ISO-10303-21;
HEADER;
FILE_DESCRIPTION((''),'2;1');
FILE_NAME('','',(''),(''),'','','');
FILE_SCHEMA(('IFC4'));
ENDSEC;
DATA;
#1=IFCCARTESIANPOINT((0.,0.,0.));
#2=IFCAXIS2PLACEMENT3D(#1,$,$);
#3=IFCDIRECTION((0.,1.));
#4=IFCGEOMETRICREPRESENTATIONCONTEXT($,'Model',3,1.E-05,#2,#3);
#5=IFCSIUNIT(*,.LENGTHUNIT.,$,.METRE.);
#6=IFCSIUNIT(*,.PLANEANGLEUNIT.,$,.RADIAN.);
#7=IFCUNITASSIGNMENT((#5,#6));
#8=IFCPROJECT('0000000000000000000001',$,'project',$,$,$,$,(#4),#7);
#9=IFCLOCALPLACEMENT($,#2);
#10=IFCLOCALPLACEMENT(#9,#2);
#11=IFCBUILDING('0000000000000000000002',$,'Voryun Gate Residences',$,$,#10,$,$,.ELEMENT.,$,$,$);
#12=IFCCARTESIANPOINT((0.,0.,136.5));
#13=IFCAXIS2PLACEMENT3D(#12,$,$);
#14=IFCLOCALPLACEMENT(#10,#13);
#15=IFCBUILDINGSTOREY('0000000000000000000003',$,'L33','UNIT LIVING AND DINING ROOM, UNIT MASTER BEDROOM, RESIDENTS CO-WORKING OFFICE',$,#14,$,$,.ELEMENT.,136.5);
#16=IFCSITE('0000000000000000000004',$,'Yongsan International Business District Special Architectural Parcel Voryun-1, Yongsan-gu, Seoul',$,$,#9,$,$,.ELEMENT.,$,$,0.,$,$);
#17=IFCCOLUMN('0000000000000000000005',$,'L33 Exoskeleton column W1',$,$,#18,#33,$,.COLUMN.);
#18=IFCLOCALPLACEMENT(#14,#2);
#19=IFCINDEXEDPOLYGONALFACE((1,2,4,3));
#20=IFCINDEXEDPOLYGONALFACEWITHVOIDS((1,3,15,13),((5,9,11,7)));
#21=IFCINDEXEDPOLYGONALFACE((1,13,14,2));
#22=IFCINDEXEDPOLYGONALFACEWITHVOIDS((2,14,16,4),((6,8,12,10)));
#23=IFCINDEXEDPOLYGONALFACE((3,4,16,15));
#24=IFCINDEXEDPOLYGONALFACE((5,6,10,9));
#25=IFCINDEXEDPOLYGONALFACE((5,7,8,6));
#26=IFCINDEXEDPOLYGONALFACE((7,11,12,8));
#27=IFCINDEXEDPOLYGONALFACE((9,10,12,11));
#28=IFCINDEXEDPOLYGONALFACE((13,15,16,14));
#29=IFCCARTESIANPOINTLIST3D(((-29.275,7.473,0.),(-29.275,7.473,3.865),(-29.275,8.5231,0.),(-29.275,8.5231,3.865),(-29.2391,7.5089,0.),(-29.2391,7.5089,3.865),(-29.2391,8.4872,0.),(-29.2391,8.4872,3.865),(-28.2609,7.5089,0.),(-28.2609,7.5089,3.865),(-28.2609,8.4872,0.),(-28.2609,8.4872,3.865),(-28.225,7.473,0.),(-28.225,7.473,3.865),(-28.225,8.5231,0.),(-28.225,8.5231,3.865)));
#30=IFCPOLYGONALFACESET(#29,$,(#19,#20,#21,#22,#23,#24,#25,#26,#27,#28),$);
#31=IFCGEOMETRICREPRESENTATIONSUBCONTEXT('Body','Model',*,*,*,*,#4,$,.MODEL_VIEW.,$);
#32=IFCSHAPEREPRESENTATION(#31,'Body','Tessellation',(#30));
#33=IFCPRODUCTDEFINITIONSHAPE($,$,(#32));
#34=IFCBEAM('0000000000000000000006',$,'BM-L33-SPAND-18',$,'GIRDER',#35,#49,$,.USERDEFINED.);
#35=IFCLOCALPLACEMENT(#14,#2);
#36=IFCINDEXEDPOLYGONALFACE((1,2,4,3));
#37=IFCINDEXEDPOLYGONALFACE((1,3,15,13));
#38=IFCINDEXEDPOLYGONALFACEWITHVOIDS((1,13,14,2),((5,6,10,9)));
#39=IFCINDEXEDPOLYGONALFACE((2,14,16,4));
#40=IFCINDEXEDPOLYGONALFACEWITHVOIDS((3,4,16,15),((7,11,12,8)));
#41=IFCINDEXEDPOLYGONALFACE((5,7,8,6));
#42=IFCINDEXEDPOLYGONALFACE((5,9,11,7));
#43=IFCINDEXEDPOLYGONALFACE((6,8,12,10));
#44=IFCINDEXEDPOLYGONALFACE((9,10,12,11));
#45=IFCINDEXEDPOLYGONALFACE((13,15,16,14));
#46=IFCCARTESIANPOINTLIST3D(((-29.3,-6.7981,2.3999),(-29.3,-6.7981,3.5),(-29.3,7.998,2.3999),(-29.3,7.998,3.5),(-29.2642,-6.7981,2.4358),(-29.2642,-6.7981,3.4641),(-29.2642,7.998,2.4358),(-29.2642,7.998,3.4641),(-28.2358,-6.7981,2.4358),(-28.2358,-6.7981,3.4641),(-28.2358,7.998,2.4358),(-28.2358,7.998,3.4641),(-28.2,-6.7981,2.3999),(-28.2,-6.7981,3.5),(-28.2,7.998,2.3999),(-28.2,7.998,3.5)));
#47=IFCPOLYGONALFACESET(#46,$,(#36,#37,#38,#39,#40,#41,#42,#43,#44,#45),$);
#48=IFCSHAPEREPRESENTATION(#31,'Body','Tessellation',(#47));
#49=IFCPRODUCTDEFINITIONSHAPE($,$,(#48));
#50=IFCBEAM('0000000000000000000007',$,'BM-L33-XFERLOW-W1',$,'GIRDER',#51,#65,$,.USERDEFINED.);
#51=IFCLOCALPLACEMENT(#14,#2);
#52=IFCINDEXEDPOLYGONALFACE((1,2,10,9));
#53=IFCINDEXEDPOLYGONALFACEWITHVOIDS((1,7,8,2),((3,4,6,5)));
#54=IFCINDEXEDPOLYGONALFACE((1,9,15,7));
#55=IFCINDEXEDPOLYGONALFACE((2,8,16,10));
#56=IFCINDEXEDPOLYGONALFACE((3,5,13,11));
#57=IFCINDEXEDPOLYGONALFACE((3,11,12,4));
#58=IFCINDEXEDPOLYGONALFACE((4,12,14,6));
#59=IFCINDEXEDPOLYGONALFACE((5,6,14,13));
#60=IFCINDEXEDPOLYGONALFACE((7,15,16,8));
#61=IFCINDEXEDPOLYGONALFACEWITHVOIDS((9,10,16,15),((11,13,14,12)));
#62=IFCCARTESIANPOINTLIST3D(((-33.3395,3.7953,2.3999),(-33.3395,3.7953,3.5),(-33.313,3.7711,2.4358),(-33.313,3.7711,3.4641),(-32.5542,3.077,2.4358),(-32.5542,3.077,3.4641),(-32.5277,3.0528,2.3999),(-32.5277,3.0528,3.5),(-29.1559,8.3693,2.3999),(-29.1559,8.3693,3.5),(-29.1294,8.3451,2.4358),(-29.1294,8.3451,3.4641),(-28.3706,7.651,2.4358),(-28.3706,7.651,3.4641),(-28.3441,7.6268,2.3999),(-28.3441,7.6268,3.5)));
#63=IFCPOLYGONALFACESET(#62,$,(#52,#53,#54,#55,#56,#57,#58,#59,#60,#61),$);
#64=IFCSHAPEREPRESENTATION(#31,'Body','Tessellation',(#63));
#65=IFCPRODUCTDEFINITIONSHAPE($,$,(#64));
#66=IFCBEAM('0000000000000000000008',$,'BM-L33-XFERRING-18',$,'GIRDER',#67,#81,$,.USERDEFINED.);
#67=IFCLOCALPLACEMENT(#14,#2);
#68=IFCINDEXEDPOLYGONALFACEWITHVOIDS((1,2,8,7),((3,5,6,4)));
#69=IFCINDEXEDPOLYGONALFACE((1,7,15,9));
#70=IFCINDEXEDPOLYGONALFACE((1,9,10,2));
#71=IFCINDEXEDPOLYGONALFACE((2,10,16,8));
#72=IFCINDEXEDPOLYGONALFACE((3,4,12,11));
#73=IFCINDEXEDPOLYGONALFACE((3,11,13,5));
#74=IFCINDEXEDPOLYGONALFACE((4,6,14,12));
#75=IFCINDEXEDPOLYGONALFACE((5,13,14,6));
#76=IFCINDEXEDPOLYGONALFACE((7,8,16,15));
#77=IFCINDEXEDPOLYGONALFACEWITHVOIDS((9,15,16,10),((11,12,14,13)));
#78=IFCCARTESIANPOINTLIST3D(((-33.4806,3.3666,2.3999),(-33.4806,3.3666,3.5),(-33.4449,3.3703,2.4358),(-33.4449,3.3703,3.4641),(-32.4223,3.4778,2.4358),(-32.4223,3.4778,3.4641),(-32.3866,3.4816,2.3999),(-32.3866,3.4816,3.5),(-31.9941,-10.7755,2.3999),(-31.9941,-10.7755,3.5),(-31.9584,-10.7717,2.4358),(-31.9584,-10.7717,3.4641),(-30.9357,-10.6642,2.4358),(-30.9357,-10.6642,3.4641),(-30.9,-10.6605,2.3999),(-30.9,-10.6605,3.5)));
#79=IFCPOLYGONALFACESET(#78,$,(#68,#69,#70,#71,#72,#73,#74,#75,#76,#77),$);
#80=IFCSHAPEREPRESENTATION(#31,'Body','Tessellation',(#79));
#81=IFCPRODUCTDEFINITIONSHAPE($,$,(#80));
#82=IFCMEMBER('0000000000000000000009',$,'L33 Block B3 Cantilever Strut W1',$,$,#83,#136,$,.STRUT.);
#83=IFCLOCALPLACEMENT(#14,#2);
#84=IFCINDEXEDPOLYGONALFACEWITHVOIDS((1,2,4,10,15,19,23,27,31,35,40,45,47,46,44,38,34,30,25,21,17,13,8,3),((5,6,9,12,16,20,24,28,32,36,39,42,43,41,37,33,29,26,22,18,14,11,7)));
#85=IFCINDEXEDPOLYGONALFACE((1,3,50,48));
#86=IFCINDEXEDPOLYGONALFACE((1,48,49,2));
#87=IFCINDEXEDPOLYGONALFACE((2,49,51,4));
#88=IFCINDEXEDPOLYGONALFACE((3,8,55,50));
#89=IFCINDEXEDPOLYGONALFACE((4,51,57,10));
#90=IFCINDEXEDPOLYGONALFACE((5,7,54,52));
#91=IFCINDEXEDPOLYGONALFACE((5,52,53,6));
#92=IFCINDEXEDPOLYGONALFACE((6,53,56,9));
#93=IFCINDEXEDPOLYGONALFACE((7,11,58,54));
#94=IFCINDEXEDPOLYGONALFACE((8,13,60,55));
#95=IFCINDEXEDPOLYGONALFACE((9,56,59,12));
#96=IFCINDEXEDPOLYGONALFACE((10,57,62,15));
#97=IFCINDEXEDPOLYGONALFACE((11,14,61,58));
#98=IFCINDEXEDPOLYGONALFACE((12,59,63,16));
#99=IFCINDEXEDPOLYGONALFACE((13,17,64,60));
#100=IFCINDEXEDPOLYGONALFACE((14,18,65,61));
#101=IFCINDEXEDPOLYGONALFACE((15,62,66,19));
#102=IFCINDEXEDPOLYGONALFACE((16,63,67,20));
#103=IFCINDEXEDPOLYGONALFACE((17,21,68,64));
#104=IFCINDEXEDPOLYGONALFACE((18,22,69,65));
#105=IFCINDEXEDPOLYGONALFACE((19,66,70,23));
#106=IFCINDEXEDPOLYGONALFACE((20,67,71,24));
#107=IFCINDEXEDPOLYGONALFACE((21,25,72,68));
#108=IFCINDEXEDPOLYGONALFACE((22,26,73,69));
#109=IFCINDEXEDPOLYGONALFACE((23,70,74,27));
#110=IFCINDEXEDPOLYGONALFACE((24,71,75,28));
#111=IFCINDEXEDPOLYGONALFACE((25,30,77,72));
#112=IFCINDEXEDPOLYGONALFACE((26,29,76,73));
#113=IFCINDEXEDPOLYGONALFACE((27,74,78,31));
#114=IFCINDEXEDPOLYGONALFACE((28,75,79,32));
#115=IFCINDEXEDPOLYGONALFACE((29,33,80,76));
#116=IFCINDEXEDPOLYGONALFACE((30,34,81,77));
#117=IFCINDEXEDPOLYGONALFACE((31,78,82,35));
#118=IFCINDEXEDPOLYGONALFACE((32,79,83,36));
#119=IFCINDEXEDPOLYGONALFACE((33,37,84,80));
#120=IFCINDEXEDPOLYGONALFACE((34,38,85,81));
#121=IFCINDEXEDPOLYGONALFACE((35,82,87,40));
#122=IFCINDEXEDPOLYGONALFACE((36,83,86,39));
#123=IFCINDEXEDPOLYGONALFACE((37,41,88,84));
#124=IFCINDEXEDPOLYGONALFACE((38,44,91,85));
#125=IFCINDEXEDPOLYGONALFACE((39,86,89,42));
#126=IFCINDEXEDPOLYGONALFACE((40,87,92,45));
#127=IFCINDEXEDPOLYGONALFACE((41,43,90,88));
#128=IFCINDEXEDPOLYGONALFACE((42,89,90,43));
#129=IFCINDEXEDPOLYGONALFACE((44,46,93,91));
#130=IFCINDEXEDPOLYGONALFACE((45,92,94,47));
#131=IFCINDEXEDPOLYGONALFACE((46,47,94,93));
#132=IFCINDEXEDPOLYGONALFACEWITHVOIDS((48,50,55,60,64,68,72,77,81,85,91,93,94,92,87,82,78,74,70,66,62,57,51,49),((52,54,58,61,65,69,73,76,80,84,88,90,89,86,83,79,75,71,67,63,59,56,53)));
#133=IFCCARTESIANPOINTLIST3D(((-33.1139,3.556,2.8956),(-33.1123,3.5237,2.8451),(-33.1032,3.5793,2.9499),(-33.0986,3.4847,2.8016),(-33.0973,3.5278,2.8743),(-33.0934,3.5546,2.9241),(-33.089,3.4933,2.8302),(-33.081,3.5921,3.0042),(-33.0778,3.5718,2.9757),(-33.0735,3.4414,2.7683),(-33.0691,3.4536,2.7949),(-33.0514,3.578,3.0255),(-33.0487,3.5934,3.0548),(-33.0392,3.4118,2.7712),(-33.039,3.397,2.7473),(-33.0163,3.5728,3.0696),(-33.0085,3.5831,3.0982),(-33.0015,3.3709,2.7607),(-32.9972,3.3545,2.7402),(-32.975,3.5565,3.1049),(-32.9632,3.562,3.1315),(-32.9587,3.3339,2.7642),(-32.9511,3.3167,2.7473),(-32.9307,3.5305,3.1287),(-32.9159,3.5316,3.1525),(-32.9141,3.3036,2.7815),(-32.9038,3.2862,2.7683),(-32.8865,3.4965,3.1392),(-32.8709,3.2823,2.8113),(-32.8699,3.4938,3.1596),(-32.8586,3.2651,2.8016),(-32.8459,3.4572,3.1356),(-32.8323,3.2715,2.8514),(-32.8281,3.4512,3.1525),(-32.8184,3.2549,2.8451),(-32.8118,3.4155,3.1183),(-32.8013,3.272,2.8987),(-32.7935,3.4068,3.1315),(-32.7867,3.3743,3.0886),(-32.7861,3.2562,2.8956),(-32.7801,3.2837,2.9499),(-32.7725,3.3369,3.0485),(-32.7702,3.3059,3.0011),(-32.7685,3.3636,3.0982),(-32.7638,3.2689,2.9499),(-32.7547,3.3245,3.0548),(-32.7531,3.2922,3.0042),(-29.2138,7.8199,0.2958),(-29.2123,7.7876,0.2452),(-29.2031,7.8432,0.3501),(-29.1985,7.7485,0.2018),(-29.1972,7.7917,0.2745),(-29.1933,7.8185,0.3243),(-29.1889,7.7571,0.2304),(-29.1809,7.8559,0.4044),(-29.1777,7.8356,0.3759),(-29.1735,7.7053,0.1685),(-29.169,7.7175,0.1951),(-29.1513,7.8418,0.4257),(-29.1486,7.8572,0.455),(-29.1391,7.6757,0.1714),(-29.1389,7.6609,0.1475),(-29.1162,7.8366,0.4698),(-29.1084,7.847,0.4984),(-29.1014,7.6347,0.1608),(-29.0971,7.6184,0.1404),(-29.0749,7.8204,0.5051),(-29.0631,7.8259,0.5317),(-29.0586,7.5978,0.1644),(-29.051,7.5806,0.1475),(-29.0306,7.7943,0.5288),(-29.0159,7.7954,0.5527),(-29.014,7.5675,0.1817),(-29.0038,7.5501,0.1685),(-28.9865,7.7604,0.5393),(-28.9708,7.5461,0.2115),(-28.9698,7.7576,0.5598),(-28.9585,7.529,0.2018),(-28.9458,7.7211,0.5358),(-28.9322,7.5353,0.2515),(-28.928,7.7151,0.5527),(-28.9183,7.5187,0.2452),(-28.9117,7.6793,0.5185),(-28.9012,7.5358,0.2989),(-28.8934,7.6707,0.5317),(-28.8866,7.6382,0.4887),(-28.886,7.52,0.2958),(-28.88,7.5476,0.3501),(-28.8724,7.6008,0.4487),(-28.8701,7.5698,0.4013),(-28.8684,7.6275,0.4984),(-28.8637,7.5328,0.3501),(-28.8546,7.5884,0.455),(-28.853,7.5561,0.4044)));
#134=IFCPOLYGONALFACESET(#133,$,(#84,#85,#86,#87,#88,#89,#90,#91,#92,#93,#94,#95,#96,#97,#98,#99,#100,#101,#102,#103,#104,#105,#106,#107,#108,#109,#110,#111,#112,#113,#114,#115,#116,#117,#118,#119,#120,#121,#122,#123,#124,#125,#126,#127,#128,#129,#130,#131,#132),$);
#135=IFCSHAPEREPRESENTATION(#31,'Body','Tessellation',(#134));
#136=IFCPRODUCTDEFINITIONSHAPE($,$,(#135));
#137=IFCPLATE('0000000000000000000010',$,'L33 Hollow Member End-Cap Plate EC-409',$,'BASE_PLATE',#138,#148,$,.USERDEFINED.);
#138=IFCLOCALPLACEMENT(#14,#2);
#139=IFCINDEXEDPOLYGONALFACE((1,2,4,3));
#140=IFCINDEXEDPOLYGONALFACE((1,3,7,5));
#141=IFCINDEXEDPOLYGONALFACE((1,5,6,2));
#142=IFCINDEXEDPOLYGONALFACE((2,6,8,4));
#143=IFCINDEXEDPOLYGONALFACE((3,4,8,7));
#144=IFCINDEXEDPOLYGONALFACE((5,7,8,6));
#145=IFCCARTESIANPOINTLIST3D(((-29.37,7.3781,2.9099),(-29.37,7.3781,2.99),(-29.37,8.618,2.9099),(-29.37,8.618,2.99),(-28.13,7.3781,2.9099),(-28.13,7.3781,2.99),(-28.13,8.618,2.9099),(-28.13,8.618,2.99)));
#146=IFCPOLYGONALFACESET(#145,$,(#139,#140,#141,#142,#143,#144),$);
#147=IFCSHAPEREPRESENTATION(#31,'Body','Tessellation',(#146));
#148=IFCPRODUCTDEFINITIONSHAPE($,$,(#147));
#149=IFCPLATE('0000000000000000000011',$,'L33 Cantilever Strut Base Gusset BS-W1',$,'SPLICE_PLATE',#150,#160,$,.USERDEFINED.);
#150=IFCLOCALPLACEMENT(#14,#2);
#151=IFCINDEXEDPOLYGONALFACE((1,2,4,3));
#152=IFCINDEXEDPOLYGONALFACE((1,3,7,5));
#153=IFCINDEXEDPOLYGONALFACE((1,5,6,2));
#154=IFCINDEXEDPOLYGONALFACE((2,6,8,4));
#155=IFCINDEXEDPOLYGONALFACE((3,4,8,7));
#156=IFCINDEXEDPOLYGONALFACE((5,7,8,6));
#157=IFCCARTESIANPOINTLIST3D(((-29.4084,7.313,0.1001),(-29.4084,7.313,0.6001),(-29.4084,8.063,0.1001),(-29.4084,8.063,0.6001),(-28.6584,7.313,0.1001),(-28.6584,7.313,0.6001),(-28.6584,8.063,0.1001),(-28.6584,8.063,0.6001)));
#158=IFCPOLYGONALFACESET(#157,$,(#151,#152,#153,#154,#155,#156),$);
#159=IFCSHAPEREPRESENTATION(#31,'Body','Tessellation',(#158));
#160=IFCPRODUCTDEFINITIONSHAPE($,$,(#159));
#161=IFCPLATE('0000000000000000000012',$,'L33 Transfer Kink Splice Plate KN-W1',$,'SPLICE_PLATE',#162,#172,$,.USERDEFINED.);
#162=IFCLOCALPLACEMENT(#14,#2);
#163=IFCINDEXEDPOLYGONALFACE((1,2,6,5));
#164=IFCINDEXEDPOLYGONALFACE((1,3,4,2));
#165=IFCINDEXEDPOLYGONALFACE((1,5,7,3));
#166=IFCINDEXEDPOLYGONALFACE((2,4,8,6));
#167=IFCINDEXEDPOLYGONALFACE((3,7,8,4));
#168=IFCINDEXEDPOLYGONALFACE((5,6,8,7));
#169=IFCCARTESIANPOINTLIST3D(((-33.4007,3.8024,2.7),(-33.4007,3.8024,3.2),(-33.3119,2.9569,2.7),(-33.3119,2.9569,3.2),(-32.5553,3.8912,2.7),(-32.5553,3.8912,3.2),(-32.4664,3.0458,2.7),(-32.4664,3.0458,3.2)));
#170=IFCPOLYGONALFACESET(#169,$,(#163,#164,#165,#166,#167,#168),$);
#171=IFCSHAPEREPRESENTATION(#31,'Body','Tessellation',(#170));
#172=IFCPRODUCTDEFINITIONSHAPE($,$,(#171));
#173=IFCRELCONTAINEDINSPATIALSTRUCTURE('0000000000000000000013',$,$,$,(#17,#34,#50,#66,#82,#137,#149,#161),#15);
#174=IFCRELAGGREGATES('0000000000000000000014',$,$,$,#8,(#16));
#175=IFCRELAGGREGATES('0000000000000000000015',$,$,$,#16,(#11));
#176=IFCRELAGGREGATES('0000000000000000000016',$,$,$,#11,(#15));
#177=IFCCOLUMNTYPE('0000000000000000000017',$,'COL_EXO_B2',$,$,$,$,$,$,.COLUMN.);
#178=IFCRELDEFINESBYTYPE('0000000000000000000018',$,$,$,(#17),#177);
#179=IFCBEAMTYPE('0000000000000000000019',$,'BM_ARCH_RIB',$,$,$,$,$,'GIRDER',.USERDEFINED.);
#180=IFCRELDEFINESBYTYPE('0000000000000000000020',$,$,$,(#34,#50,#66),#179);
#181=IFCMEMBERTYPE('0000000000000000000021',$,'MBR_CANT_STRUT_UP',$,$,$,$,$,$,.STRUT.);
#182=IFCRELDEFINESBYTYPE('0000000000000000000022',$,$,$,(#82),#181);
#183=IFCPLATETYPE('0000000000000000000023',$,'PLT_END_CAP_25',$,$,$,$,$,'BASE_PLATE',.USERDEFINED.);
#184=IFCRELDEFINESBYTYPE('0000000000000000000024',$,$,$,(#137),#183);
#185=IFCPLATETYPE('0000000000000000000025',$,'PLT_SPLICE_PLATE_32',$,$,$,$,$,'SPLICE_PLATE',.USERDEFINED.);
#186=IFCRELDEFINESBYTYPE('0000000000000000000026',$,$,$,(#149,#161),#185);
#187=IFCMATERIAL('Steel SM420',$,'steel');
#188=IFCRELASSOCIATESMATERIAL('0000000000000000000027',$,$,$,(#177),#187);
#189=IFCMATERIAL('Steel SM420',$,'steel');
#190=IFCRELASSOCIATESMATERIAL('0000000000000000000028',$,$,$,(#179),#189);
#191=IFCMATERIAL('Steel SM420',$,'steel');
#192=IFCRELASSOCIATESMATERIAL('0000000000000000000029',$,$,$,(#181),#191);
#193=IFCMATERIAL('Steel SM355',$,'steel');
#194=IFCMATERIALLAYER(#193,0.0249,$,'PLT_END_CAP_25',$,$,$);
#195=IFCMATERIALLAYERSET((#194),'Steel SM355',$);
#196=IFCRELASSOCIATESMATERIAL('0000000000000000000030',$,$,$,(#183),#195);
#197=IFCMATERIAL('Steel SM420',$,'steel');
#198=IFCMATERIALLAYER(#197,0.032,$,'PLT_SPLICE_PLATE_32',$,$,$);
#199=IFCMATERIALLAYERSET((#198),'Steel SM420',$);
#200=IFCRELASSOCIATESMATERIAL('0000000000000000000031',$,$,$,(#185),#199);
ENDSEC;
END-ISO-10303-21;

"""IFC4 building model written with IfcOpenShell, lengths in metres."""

from ifc_helpers import new_model, si_unit, direction, frame, origin, origin_2d, place, context, subcontext, project, spatial, rectangle, hollow_rectangle, hollow_circle, extrude, material, layer, layer_set, material_profile, profile_set, type_object, element, save


model = new_model("IFC4")

# Units and contexts
model_context = context("Model", 3, precision=1e-05, world=origin(), true_north=direction((0.0, 1.0)))
body_context = subcontext(model_context, "Body", "Model", "MODEL_VIEW")
ifc_project = project(units=[si_unit("LENGTHUNIT", "METRE"), si_unit("PLANEANGLEUNIT", "RADIAN")], contexts=[model_context])

# Site, building, storey
site_placement = place(None, origin())
site = spatial("IfcSite", under=ifc_project, at=site_placement, Name="Yongsan International Business District Special Architectural Parcel Voryun-1, Yongsan-gu, Seoul", CompositionType="ELEMENT", RefElevation=0.0)
building_placement = place(site_placement, origin())
building = spatial("IfcBuilding", under=site, at=building_placement, Name="Voryun Gate Residences", CompositionType="ELEMENT")
storey_placement = place(building_placement, frame((0.0, 0.0, 136.5)))
storey = spatial("IfcBuildingStorey", under=building, at=storey_placement, Name="L33", Description="UNIT LIVING AND DINING ROOM, UNIT MASTER BEDROOM, RESIDENTS CO-WORKING OFFICE", CompositionType="ELEMENT", Elevation=136.5)

# Column
ifc_material_1 = material(Name="Steel SM420", Category="steel")
ifc_material_profile_1 = material_profile(ifc_material_1, hollow_rectangle(XDim=1.05, YDim=1.05, WallThickness=0.0359, at=origin_2d()), Name="BOX-1050x1050x36")
ifc_profile_set_1 = profile_set([ifc_material_profile_1], Name="Steel SM420")
column_type = type_object("IfcColumnType", Name="COL_EXO_B2", PredefinedType="COLUMN", material=ifc_profile_set_1)
column_placement = place(storey_placement, frame((-28.75, 7.998, 0.0), z_axis=(0.0, 0.0, 1.0), x_axis=(1.0, 0.0, 0.0)))
element("IfcColumn", 1, at=column_placement, inside=storey, type_object=column_type, Name="L33 Exoskeleton column W1", PredefinedType="COLUMN", context=body_context, shape_type="SweptSolid", body=[
    extrude(hollow_rectangle(XDim=1.05, YDim=1.05, WallThickness=0.0359, at=origin_2d()), origin(), (0.0, 0.0, 1.0), 3.865),
])

# Beams
ifc_material_2 = material(Name="Steel SM420", Category="steel")
ifc_material_profile_2 = material_profile(ifc_material_2, hollow_rectangle(XDim=1.1001, YDim=1.1001, WallThickness=0.0359, at=origin_2d()), Name="BOX-1100x1100x36")
ifc_profile_set_2 = profile_set([ifc_material_profile_2], Name="Steel SM420")
beam_type = type_object("IfcBeamType", Name="BM_ARCH_RIB", ElementType="GIRDER", PredefinedType="USERDEFINED", material=ifc_profile_set_2)
beam_1_placement = place(storey_placement, frame((-28.75, 7.998, 2.95), z_axis=(0.0, -1.0, 0.0), x_axis=(1.0, 0.0, 0.0)))
element("IfcBeam", 2, at=beam_1_placement, inside=storey, type_object=beam_type, Name="BM-L33-SPAND-18", ObjectType="GIRDER", PredefinedType="USERDEFINED", context=body_context, shape_type="SweptSolid", body=[
    extrude(hollow_rectangle(XDim=1.1001, YDim=1.1001, WallThickness=0.0359, at=origin_2d()), origin(), (0.0, 0.0, 1.0), 14.7961),
])
beam_2_placement = place(storey_placement, frame((-28.75, 7.998, 2.95), z_axis=(-0.674916, -0.737894, 0.0), x_axis=(0.737894, -0.674916, 0.0)))
element("IfcBeam", 3, at=beam_2_placement, inside=storey, type_object=beam_type, Name="BM-L33-XFERLOW-W1", ObjectType="GIRDER", PredefinedType="USERDEFINED", context=body_context, shape_type="SweptSolid", body=[
    extrude(hollow_rectangle(XDim=1.1001, YDim=1.1001, WallThickness=0.0359, at=origin_2d()), origin(), (0.0, 0.0, 1.0), 6.1987),
])
beam_3_placement = place(storey_placement, frame((-32.9336, 3.4241, 2.95), z_axis=(0.104541, -0.994521, 0.0), x_axis=(0.994521, 0.104541, 0.0)))
element("IfcBeam", 4, at=beam_3_placement, inside=storey, type_object=beam_type, Name="BM-L33-XFERRING-18", ObjectType="GIRDER", PredefinedType="USERDEFINED", context=body_context, shape_type="SweptSolid", body=[
    extrude(hollow_rectangle(XDim=1.1001, YDim=1.1001, WallThickness=0.0359, at=origin_2d()), origin(), (0.0, 0.0, 1.0), 14.22),
])

# Member
ifc_material_3 = material(Name="Steel SM420", Category="steel")
ifc_material_profile_3 = material_profile(ifc_material_3, hollow_circle(Radius=0.23, WallThickness=0.022, at=origin_2d()), Name="CHS-460x22")
ifc_profile_set_3 = profile_set([ifc_material_profile_3], Name="Steel SM420")
member_type = type_object("IfcMemberType", Name="MBR_CANT_STRUT_UP", PredefinedType="STRUT", material=ifc_profile_set_3)
member_placement = place(storey_placement, frame((-29.0334, 7.688, 0.3501), z_axis=(-0.615504, -0.672912, 0.410297), x_axis=(0.737882, -0.67493, 0.0)))
element("IfcMember", 5, at=member_placement, inside=storey, type_object=member_type, Name="L33 Block B3 Cantilever Strut W1", PredefinedType="STRUT", context=body_context, shape_type="SweptSolid", body=[
    extrude(hollow_circle(Radius=0.23, WallThickness=0.022, at=origin_2d()), origin(), (0.0, 0.0, 1.0), 6.3364),
])

# Plates
ifc_material_4 = material(Name="Steel SM355", Category="steel")
ifc_layer_1 = layer(ifc_material_4, 0.0249, Name="PLT_END_CAP_25")
ifc_layer_set_1 = layer_set([ifc_layer_1], Name="Steel SM355")
plate_type_1 = type_object("IfcPlateType", Name="PLT_END_CAP_25", ElementType="BASE_PLATE", PredefinedType="USERDEFINED", material=ifc_layer_set_1)
plate_1_placement = place(storey_placement, frame((-28.75, 7.998, 2.9099), z_axis=(0.0, 0.0, 1.0), x_axis=(1.0, 0.0, 0.0)))
element("IfcPlate", 6, at=plate_1_placement, inside=storey, type_object=plate_type_1, Name="L33 Hollow Member End-Cap Plate EC-409", ObjectType="BASE_PLATE", PredefinedType="USERDEFINED", context=body_context, shape_type="SweptSolid", body=[
    extrude(rectangle(XDim=1.24, YDim=1.24, at=origin_2d()), origin(), (0.0, 0.0, 1.0), 0.0801),
])
ifc_material_5 = material(Name="Steel SM420", Category="steel")
ifc_layer_2 = layer(ifc_material_5, 0.032, Name="PLT_SPLICE_PLATE_32")
ifc_layer_set_2 = layer_set([ifc_layer_2], Name="Steel SM420")
plate_type_2 = type_object("IfcPlateType", Name="PLT_SPLICE_PLATE_32", ElementType="SPLICE_PLATE", PredefinedType="USERDEFINED", material=ifc_layer_set_2)
plate_2_placement = place(storey_placement, frame((-29.0334, 7.688, 0.1001), z_axis=(0.0, 0.0, 1.0), x_axis=(1.0, 0.0, 0.0)))
element("IfcPlate", 7, at=plate_2_placement, inside=storey, type_object=plate_type_2, Name="L33 Cantilever Strut Base Gusset BS-W1", ObjectType="SPLICE_PLATE", PredefinedType="USERDEFINED", context=body_context, shape_type="SweptSolid", body=[
    extrude(rectangle(XDim=0.75, YDim=0.75, at=origin_2d()), origin(), (0.0, 0.0, 1.0), 0.5),
])
plate_3_placement = place(storey_placement, frame((-32.9336, 3.4241, 2.7), z_axis=(0.0, 0.0, 1.0), x_axis=(0.994522, 0.104528, 0.0)))
element("IfcPlate", 8, at=plate_3_placement, inside=storey, type_object=plate_type_2, Name="L33 Transfer Kink Splice Plate KN-W1", ObjectType="SPLICE_PLATE", PredefinedType="USERDEFINED", context=body_context, shape_type="SweptSolid", body=[
    extrude(rectangle(XDim=0.8501, YDim=0.8501, at=origin_2d()), origin(), (0.0, 0.0, 1.0), 0.5),
])

save(model, "model.ifc")
